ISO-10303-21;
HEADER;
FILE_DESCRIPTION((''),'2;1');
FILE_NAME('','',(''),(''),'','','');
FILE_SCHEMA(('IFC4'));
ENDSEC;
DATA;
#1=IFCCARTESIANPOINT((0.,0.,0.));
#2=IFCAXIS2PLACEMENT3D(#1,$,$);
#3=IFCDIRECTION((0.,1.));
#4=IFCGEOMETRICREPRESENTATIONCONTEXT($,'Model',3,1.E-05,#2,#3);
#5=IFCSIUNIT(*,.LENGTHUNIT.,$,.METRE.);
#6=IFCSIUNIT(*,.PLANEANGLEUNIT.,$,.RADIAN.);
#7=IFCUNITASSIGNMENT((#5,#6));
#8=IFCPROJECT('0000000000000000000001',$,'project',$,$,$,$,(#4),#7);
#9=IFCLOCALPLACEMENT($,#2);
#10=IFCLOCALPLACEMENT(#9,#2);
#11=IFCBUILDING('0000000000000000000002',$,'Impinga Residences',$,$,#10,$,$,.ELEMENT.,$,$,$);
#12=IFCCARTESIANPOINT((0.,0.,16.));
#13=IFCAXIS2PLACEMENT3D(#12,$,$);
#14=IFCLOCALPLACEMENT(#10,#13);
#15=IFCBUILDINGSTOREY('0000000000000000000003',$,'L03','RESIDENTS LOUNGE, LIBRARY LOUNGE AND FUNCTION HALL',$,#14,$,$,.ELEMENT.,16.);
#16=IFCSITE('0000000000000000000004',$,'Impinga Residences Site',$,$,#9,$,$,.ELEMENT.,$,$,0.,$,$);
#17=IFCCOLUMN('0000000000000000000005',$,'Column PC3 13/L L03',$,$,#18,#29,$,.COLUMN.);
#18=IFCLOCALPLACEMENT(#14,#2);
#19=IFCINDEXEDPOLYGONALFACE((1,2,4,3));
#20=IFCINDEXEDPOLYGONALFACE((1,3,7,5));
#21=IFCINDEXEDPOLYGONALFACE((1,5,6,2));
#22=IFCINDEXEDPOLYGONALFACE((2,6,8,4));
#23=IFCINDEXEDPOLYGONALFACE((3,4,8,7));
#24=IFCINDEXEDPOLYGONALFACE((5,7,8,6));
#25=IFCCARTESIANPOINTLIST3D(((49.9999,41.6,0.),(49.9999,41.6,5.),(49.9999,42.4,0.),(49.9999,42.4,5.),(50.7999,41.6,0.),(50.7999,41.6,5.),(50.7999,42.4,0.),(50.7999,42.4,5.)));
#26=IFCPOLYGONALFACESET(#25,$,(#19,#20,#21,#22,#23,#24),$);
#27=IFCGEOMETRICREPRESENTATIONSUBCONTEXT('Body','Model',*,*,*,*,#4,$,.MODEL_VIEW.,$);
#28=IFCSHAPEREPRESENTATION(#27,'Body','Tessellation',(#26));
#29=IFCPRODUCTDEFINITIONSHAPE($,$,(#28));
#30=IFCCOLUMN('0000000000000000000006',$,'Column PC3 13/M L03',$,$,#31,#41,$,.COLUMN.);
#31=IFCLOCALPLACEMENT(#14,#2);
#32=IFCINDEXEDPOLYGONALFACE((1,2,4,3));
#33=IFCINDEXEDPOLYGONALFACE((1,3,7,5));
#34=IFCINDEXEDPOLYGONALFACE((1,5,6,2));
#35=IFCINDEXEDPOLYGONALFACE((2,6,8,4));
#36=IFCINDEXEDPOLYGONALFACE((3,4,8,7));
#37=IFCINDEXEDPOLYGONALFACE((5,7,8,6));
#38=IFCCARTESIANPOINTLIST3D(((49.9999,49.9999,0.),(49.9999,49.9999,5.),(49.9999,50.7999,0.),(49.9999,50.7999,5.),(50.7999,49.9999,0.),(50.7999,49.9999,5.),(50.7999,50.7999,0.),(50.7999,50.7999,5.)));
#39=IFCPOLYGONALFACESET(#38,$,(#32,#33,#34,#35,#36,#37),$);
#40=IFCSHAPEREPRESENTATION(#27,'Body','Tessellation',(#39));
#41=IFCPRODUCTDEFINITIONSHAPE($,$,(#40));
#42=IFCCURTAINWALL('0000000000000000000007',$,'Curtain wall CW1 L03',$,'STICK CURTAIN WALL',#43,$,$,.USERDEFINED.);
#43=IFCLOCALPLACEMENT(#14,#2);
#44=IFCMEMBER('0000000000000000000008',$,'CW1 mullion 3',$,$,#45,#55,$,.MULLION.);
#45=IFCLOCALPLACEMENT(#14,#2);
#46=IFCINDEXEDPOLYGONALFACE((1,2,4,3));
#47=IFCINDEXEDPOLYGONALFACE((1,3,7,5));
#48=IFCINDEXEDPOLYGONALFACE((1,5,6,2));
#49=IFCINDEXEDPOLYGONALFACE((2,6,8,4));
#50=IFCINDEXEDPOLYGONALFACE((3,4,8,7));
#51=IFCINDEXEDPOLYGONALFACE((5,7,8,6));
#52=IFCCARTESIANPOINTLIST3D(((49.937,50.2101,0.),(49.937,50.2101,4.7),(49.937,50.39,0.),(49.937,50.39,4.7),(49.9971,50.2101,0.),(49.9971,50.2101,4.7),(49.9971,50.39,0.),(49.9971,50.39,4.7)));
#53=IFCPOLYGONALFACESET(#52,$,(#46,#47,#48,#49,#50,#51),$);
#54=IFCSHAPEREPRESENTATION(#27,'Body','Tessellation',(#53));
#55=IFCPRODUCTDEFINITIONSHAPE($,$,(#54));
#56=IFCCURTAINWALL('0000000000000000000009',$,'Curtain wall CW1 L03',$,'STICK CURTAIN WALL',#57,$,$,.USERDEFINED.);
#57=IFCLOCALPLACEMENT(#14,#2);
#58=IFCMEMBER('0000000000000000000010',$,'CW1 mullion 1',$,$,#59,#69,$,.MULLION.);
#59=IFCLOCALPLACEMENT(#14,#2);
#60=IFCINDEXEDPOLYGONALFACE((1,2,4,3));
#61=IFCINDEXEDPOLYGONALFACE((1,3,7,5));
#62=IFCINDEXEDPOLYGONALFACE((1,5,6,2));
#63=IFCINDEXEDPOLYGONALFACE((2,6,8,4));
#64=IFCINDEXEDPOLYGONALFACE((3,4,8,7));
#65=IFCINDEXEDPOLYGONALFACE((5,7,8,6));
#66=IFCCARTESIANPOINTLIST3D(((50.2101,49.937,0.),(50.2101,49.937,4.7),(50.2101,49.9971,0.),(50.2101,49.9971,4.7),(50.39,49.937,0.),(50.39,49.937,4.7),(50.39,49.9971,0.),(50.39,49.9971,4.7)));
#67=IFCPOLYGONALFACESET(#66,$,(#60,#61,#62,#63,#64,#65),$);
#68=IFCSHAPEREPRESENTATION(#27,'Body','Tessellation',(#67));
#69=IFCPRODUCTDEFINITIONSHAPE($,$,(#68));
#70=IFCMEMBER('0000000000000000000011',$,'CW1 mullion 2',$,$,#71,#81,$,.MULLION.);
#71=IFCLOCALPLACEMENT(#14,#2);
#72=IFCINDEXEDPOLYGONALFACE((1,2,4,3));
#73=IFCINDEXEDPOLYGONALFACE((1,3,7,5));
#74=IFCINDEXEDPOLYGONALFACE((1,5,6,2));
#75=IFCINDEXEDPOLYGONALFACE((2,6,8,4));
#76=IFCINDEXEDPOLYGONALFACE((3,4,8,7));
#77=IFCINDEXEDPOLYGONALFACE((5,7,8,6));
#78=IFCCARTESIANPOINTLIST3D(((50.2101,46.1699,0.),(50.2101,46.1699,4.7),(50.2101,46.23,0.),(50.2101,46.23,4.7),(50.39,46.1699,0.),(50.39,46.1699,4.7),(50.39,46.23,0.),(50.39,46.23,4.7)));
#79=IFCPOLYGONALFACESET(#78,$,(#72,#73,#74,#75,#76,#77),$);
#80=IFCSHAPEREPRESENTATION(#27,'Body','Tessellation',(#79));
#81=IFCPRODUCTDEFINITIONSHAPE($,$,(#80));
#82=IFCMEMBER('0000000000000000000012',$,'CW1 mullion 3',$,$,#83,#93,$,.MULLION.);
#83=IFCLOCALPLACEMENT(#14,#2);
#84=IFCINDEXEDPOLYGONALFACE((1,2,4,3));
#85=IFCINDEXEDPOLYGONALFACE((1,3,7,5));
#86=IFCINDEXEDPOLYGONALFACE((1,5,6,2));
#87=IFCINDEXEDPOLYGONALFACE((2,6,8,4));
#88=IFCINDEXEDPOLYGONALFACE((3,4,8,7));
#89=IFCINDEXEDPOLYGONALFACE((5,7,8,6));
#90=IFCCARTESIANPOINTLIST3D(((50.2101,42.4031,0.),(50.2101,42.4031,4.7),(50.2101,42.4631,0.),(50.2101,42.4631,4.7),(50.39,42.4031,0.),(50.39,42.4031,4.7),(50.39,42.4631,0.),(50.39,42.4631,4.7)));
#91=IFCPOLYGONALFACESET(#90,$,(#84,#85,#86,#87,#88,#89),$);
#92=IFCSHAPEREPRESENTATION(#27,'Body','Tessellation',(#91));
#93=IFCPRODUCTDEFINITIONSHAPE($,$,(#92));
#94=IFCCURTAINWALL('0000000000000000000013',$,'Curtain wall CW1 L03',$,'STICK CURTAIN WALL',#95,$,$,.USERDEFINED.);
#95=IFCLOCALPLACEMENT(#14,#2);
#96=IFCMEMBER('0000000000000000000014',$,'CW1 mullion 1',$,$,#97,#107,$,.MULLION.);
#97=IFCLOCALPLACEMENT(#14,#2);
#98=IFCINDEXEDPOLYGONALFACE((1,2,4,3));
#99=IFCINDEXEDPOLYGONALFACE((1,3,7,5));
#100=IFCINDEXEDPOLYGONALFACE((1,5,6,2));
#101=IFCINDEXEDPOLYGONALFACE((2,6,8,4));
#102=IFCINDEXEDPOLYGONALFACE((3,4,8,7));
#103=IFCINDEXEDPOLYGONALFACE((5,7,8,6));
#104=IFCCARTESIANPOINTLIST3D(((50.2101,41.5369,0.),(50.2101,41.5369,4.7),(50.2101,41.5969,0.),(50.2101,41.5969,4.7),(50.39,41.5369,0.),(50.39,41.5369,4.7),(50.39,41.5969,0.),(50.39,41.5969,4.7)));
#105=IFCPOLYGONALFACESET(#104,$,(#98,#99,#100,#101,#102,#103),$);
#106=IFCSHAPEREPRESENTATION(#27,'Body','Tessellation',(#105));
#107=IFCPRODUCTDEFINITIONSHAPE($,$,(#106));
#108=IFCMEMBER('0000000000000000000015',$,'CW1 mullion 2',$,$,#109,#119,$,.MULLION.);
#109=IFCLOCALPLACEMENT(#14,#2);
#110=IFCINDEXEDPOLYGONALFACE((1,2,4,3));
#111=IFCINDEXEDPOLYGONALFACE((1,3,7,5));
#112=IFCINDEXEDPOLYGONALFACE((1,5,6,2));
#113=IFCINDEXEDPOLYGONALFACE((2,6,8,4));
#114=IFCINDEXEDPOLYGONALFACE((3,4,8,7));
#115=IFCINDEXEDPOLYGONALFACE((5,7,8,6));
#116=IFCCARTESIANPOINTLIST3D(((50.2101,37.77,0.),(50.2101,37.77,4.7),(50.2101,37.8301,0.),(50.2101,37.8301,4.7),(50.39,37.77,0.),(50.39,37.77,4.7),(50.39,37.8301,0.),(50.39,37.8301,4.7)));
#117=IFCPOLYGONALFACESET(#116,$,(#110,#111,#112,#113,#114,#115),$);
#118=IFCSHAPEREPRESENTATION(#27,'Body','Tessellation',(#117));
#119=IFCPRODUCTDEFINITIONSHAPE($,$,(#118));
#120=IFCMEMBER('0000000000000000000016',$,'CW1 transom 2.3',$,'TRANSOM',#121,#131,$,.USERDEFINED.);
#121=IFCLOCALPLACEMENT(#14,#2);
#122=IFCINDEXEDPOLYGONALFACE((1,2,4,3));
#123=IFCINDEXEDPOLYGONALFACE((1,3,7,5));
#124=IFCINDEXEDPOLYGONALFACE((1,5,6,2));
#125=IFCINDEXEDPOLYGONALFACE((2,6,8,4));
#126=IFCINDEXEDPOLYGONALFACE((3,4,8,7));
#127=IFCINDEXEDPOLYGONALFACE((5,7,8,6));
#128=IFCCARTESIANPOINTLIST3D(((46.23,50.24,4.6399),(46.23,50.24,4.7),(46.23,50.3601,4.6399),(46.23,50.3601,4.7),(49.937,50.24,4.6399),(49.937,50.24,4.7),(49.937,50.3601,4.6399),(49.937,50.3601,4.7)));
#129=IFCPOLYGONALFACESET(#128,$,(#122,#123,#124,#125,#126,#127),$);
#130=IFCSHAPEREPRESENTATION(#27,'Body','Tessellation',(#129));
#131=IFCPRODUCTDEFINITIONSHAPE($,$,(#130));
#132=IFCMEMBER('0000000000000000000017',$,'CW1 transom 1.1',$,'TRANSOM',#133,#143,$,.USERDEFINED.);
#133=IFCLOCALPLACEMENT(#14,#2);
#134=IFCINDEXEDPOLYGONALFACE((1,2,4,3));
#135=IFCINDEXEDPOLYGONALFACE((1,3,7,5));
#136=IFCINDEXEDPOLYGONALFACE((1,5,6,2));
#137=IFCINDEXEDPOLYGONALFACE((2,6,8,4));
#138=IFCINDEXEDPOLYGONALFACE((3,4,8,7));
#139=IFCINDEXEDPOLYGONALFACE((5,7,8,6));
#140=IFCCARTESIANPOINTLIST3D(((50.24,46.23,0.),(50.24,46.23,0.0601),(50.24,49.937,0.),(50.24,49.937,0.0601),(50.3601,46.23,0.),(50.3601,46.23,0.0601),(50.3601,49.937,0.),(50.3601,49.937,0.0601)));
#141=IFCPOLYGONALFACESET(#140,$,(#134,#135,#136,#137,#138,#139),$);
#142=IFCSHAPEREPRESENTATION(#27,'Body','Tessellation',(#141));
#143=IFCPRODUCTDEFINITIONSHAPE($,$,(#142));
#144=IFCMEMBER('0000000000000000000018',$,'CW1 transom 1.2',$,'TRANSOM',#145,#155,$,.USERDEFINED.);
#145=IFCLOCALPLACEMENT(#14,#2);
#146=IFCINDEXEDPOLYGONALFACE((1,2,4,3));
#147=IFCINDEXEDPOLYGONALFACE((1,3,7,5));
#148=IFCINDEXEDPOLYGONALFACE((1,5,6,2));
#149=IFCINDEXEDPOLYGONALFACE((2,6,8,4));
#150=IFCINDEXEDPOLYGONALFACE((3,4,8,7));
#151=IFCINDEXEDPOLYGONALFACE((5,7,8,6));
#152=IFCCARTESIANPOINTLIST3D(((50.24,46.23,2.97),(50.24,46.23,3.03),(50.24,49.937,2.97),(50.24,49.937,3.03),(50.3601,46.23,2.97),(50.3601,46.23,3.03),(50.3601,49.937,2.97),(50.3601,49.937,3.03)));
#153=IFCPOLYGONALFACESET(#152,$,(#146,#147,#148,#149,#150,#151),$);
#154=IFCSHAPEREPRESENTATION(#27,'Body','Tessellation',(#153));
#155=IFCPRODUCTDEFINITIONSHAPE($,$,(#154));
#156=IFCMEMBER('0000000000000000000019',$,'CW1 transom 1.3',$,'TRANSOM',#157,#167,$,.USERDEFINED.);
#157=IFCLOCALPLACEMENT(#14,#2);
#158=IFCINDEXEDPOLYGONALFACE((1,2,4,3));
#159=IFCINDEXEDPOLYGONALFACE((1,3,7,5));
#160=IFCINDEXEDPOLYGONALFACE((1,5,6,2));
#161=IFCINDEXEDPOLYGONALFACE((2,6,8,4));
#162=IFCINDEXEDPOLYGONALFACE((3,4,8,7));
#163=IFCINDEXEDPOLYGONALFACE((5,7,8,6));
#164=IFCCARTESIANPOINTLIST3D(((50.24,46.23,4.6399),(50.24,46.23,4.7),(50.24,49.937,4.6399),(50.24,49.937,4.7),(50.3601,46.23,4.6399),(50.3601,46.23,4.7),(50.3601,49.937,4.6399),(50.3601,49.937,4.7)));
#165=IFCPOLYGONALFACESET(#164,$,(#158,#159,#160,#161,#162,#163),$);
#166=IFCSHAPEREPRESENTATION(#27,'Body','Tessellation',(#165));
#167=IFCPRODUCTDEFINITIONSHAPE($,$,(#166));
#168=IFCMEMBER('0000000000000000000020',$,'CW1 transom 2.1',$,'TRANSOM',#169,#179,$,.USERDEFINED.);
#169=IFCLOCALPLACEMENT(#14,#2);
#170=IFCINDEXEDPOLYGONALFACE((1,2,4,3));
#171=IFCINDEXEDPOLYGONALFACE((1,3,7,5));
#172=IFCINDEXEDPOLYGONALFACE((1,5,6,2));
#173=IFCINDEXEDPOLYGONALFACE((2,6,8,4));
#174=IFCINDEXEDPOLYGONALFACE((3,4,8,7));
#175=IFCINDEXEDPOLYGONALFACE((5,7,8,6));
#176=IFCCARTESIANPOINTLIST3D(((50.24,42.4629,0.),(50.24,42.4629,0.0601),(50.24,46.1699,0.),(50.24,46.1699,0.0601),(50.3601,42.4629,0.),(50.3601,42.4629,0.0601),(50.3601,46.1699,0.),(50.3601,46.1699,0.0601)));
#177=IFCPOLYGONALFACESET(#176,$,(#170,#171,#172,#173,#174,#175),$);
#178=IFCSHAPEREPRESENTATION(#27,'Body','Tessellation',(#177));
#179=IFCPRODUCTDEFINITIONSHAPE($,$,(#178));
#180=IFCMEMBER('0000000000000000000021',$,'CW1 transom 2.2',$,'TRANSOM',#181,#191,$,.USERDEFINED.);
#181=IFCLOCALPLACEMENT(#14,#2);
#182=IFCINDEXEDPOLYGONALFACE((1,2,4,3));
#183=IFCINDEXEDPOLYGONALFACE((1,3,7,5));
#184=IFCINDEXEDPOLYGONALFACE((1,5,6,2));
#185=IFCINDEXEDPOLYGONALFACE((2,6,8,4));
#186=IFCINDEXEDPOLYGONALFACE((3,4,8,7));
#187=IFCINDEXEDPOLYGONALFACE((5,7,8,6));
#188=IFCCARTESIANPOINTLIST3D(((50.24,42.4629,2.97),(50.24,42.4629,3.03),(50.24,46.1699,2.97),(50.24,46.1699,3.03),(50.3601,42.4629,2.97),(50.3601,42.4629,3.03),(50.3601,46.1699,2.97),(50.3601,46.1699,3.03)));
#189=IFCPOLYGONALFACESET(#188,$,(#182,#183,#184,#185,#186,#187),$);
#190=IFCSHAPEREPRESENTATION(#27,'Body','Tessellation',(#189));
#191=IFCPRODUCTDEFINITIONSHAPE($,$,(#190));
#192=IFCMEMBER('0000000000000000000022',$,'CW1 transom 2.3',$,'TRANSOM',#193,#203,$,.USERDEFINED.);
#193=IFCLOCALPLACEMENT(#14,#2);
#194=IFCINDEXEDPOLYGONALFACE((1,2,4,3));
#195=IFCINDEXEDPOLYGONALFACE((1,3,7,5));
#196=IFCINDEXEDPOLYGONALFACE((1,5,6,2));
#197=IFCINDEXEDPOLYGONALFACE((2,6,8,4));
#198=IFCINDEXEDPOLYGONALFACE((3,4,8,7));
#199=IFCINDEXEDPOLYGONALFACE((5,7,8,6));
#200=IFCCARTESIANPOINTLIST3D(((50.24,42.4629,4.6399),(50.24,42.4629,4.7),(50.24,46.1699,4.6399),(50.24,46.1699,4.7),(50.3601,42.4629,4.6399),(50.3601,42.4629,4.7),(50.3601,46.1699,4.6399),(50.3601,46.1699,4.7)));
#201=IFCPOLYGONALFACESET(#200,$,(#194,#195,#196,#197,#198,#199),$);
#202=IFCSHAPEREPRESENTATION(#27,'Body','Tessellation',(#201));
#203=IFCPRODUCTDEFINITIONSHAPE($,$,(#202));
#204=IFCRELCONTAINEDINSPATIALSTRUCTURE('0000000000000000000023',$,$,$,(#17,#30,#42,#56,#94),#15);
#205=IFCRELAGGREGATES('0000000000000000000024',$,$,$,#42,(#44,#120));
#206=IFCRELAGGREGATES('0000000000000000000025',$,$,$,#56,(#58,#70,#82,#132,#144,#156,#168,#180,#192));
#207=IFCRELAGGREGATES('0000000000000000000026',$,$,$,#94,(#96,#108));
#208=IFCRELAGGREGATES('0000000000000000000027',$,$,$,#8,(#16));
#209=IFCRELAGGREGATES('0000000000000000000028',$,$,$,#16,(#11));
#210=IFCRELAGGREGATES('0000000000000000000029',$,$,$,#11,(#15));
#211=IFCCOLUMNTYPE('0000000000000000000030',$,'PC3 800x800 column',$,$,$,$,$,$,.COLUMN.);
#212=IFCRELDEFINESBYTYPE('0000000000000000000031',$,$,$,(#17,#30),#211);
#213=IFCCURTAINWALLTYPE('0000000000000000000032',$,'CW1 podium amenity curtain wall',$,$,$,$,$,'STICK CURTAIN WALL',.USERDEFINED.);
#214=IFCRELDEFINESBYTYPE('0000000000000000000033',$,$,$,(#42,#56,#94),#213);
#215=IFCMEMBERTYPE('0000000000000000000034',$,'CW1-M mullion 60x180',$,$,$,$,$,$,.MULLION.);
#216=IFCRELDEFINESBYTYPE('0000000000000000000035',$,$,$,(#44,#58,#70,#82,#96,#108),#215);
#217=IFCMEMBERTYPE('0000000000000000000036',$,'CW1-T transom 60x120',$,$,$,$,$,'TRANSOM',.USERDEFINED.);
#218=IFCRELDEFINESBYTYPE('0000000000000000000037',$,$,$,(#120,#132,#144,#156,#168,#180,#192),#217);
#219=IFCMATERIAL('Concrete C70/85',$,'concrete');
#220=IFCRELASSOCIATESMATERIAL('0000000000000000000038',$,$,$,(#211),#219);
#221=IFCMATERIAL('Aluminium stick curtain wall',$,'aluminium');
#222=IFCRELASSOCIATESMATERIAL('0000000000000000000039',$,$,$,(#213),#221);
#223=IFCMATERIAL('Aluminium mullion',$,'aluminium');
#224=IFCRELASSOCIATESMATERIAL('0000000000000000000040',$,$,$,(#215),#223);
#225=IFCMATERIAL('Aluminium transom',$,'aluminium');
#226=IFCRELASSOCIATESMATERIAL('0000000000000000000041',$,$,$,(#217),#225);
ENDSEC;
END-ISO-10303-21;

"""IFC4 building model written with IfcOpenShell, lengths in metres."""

from ifc_helpers import new_model, si_unit, direction, frame, origin, origin_2d, place, context, subcontext, project, spatial, rectangle, extrude, material, material_profile, profile_set, type_object, element, aggregate, save


model = new_model("IFC4")

# Units and contexts
model_context = context("Model", 3, precision=1e-05, world=origin(), true_north=direction((0.0, 1.0)))
body_context = subcontext(model_context, "Body", "Model", "MODEL_VIEW")
ifc_project = project(units=[si_unit("LENGTHUNIT", "METRE"), si_unit("PLANEANGLEUNIT", "RADIAN")], contexts=[model_context])

# Site, building, storey
site_placement = place(None, origin())
site = spatial("IfcSite", under=ifc_project, at=site_placement, Name="Impinga Residences Site", CompositionType="ELEMENT", RefElevation=0.0)
building_placement = place(site_placement, origin())
building = spatial("IfcBuilding", under=site, at=building_placement, Name="Impinga Residences", CompositionType="ELEMENT")
storey_placement = place(building_placement, frame((0.0, 0.0, 16.0)))
storey = spatial("IfcBuildingStorey", under=building, at=storey_placement, Name="L03", Description="RESIDENTS LOUNGE, LIBRARY LOUNGE AND FUNCTION HALL", CompositionType="ELEMENT", Elevation=16.0)

# Columns
ifc_material_1 = material(Name="Concrete C70/85", Category="concrete")
ifc_material_profile_1 = material_profile(ifc_material_1, rectangle(XDim=0.8, YDim=0.8, at=origin_2d()), Name="RC 800x800")
ifc_profile_set_1 = profile_set([ifc_material_profile_1], Name="Concrete C70/85")
column_type = type_object("IfcColumnType", Name="PC3 800x800 column", PredefinedType="COLUMN", material=ifc_profile_set_1)
for number, where, z_axis, x_axis, name in (
    (1, (50.3999, 42.0, 0.0), (0.0, 0.0, 1.0), (1.0, 0.0, 0.0), "Column PC3 13/L L03"),
    (2, (50.3999, 50.3999, 0.0), (0.0, 0.0, 1.0), (1.0, 0.0, 0.0), "Column PC3 13/M L03"),
):
    element("IfcColumn", number, at=place(storey_placement, frame(where, z_axis=z_axis, x_axis=x_axis)), inside=storey, type_object=column_type, Name=name, PredefinedType="COLUMN", context=body_context, shape_type="SweptSolid", body=[
        extrude(rectangle(XDim=0.8, YDim=0.8, at=origin_2d()), origin(), (0.0, 0.0, 1.0), 5.0),
    ])

# Curtain wall, member
ifc_material_2 = material(Name="Aluminium stick curtain wall", Category="aluminium")
curtain_wall_type = type_object("IfcCurtainWallType", Name="CW1 podium amenity curtain wall", ElementType="STICK CURTAIN WALL", PredefinedType="USERDEFINED", material=ifc_material_2)
curtain_wall_1_placement = place(storey_placement, origin())
curtain_wall_1 = element("IfcCurtainWall", 3, at=curtain_wall_1_placement, inside=storey, type_object=curtain_wall_type, Name="Curtain wall CW1 L03", ObjectType="STICK CURTAIN WALL", PredefinedType="USERDEFINED")
ifc_material_3 = material(Name="Aluminium mullion", Category="aluminium")
ifc_material_profile_2 = material_profile(ifc_material_3, rectangle(XDim=0.0601, YDim=0.1799, at=origin_2d()), Name="60x180 mullion")
ifc_profile_set_2 = profile_set([ifc_material_profile_2], Name="Aluminium mullion")
member_type_1 = type_object("IfcMemberType", Name="CW1-M mullion 60x180", PredefinedType="MULLION", material=ifc_profile_set_2)
member_1_placement = place(storey_placement, frame((49.967, 50.3, 0.0), z_axis=(0.0, 0.0, 1.0), x_axis=(1.0, 0.0, 0.0)))
member_1 = element("IfcMember", 4, at=member_1_placement, type_object=member_type_1, Name="CW1 mullion 3", PredefinedType="MULLION", context=body_context, shape_type="SweptSolid", body=[
    extrude(rectangle(XDim=0.0601, YDim=0.1799, at=origin_2d()), origin(), (0.0, 0.0, 1.0), 4.7),
])

# Curtain walls, members
curtain_wall_2_placement = place(storey_placement, origin())
curtain_wall_2 = element("IfcCurtainWall", 5, at=curtain_wall_2_placement, inside=storey, type_object=curtain_wall_type, Name="Curtain wall CW1 L03", ObjectType="STICK CURTAIN WALL", PredefinedType="USERDEFINED")
member_2_placement = place(storey_placement, frame((50.3, 49.967, 0.0), z_axis=(0.0, 0.0, 1.0), x_axis=(0.0, -1.0, 0.0)))
member_2 = element("IfcMember", 6, at=member_2_placement, type_object=member_type_1, Name="CW1 mullion 1", PredefinedType="MULLION", context=body_context, shape_type="SweptSolid", body=[
    extrude(rectangle(XDim=0.0601, YDim=0.1799, at=origin_2d()), origin(), (0.0, 0.0, 1.0), 4.7),
])
member_3_placement = place(storey_placement, frame((50.3, 46.2, 0.0), z_axis=(0.0, 0.0, 1.0), x_axis=(0.0, -1.0, 0.0)))
member_3 = element("IfcMember", 7, at=member_3_placement, type_object=member_type_1, Name="CW1 mullion 2", PredefinedType="MULLION", context=body_context, shape_type="SweptSolid", body=[
    extrude(rectangle(XDim=0.0601, YDim=0.1799, at=origin_2d()), origin(), (0.0, 0.0, 1.0), 4.7),
])
member_4_placement = place(storey_placement, frame((50.3, 42.4331, 0.0), z_axis=(0.0, 0.0, 1.0), x_axis=(0.0, -1.0, 0.0)))
member_4 = element("IfcMember", 8, at=member_4_placement, type_object=member_type_1, Name="CW1 mullion 3", PredefinedType="MULLION", context=body_context, shape_type="SweptSolid", body=[
    extrude(rectangle(XDim=0.0601, YDim=0.1799, at=origin_2d()), origin(), (0.0, 0.0, 1.0), 4.7),
])
curtain_wall_3_placement = place(storey_placement, origin())
curtain_wall_3 = element("IfcCurtainWall", 9, at=curtain_wall_3_placement, inside=storey, type_object=curtain_wall_type, Name="Curtain wall CW1 L03", ObjectType="STICK CURTAIN WALL", PredefinedType="USERDEFINED")
member_5_placement = place(storey_placement, frame((50.3, 41.5669, 0.0), z_axis=(0.0, 0.0, 1.0), x_axis=(0.0, -1.0, 0.0)))
member_5 = element("IfcMember", 10, at=member_5_placement, type_object=member_type_1, Name="CW1 mullion 1", PredefinedType="MULLION", context=body_context, shape_type="SweptSolid", body=[
    extrude(rectangle(XDim=0.0601, YDim=0.1799, at=origin_2d()), origin(), (0.0, 0.0, 1.0), 4.7),
])
member_6_placement = place(storey_placement, frame((50.3, 37.8, 0.0), z_axis=(0.0, 0.0, 1.0), x_axis=(0.0, -1.0, 0.0)))
member_6 = element("IfcMember", 11, at=member_6_placement, type_object=member_type_1, Name="CW1 mullion 2", PredefinedType="MULLION", context=body_context, shape_type="SweptSolid", body=[
    extrude(rectangle(XDim=0.0601, YDim=0.1799, at=origin_2d()), origin(), (0.0, 0.0, 1.0), 4.7),
])

# Members
ifc_material_4 = material(Name="Aluminium transom", Category="aluminium")
ifc_material_profile_3 = material_profile(ifc_material_4, rectangle(XDim=0.0601, YDim=0.1201, at=origin_2d()), Name="60x120 transom")
ifc_profile_set_3 = profile_set([ifc_material_profile_3], Name="Aluminium transom")
member_type_2 = type_object("IfcMemberType", Name="CW1-T transom 60x120", ElementType="TRANSOM", PredefinedType="USERDEFINED", material=ifc_profile_set_3)
member_7_placement = place(storey_placement, frame((46.23, 50.3, 4.6699), z_axis=(1.0, 0.0, 0.0), x_axis=(0.0, 0.0, 1.0)))
member_7 = element("IfcMember", 12, at=member_7_placement, type_object=member_type_2, Name="CW1 transom 2.3", ObjectType="TRANSOM", PredefinedType="USERDEFINED", context=body_context, shape_type="SweptSolid", body=[
    extrude(rectangle(XDim=0.0601, YDim=0.1201, at=origin_2d()), origin(), (0.0, 0.0, 1.0), 3.707),
])
member_8_placement = place(storey_placement, frame((50.3, 49.937, 0.03), z_axis=(0.0, -1.0, 0.0), x_axis=(0.0, 0.0, 1.0)))
member_8 = element("IfcMember", 13, at=member_8_placement, type_object=member_type_2, Name="CW1 transom 1.1", ObjectType="TRANSOM", PredefinedType="USERDEFINED", context=body_context, shape_type="SweptSolid", body=[
    extrude(rectangle(XDim=0.0601, YDim=0.1201, at=origin_2d()), origin(), (0.0, 0.0, 1.0), 3.707),
])
member_9_placement = place(storey_placement, frame((50.3, 49.937, 3.0), z_axis=(0.0, -1.0, 0.0), x_axis=(0.0, 0.0, 1.0)))
member_9 = element("IfcMember", 14, at=member_9_placement, type_object=member_type_2, Name="CW1 transom 1.2", ObjectType="TRANSOM", PredefinedType="USERDEFINED", context=body_context, shape_type="SweptSolid", body=[
    extrude(rectangle(XDim=0.0601, YDim=0.1201, at=origin_2d()), origin(), (0.0, 0.0, 1.0), 3.707),
])
member_10_placement = place(storey_placement, frame((50.3, 49.937, 4.6699), z_axis=(0.0, -1.0, 0.0), x_axis=(0.0, 0.0, 1.0)))
member_10 = element("IfcMember", 15, at=member_10_placement, type_object=member_type_2, Name="CW1 transom 1.3", ObjectType="TRANSOM", PredefinedType="USERDEFINED", context=body_context, shape_type="SweptSolid", body=[
    extrude(rectangle(XDim=0.0601, YDim=0.1201, at=origin_2d()), origin(), (0.0, 0.0, 1.0), 3.707),
])
member_11_placement = place(storey_placement, frame((50.3, 46.1699, 0.03), z_axis=(0.0, -1.0, 0.0), x_axis=(0.0, 0.0, 1.0)))
member_11 = element("IfcMember", 16, at=member_11_placement, type_object=member_type_2, Name="CW1 transom 2.1", ObjectType="TRANSOM", PredefinedType="USERDEFINED", context=body_context, shape_type="SweptSolid", body=[
    extrude(rectangle(XDim=0.0601, YDim=0.1201, at=origin_2d()), origin(), (0.0, 0.0, 1.0), 3.707),
])
member_12_placement = place(storey_placement, frame((50.3, 46.1699, 3.0), z_axis=(0.0, -1.0, 0.0), x_axis=(0.0, 0.0, 1.0)))
member_12 = element("IfcMember", 17, at=member_12_placement, type_object=member_type_2, Name="CW1 transom 2.2", ObjectType="TRANSOM", PredefinedType="USERDEFINED", context=body_context, shape_type="SweptSolid", body=[
    extrude(rectangle(XDim=0.0601, YDim=0.1201, at=origin_2d()), origin(), (0.0, 0.0, 1.0), 3.707),
])
member_13_placement = place(storey_placement, frame((50.3, 46.1699, 4.6699), z_axis=(0.0, -1.0, 0.0), x_axis=(0.0, 0.0, 1.0)))
member_13 = element("IfcMember", 18, at=member_13_placement, type_object=member_type_2, Name="CW1 transom 2.3", ObjectType="TRANSOM", PredefinedType="USERDEFINED", context=body_context, shape_type="SweptSolid", body=[
    extrude(rectangle(XDim=0.0601, YDim=0.1201, at=origin_2d()), origin(), (0.0, 0.0, 1.0), 3.707),
])

aggregate(curtain_wall_1, [member_1, member_7])
aggregate(curtain_wall_2, [member_2, member_3, member_4, member_8, member_9, member_10, member_11, member_12, member_13])
aggregate(curtain_wall_3, [member_5, member_6])

save(model, "model.ifc")
